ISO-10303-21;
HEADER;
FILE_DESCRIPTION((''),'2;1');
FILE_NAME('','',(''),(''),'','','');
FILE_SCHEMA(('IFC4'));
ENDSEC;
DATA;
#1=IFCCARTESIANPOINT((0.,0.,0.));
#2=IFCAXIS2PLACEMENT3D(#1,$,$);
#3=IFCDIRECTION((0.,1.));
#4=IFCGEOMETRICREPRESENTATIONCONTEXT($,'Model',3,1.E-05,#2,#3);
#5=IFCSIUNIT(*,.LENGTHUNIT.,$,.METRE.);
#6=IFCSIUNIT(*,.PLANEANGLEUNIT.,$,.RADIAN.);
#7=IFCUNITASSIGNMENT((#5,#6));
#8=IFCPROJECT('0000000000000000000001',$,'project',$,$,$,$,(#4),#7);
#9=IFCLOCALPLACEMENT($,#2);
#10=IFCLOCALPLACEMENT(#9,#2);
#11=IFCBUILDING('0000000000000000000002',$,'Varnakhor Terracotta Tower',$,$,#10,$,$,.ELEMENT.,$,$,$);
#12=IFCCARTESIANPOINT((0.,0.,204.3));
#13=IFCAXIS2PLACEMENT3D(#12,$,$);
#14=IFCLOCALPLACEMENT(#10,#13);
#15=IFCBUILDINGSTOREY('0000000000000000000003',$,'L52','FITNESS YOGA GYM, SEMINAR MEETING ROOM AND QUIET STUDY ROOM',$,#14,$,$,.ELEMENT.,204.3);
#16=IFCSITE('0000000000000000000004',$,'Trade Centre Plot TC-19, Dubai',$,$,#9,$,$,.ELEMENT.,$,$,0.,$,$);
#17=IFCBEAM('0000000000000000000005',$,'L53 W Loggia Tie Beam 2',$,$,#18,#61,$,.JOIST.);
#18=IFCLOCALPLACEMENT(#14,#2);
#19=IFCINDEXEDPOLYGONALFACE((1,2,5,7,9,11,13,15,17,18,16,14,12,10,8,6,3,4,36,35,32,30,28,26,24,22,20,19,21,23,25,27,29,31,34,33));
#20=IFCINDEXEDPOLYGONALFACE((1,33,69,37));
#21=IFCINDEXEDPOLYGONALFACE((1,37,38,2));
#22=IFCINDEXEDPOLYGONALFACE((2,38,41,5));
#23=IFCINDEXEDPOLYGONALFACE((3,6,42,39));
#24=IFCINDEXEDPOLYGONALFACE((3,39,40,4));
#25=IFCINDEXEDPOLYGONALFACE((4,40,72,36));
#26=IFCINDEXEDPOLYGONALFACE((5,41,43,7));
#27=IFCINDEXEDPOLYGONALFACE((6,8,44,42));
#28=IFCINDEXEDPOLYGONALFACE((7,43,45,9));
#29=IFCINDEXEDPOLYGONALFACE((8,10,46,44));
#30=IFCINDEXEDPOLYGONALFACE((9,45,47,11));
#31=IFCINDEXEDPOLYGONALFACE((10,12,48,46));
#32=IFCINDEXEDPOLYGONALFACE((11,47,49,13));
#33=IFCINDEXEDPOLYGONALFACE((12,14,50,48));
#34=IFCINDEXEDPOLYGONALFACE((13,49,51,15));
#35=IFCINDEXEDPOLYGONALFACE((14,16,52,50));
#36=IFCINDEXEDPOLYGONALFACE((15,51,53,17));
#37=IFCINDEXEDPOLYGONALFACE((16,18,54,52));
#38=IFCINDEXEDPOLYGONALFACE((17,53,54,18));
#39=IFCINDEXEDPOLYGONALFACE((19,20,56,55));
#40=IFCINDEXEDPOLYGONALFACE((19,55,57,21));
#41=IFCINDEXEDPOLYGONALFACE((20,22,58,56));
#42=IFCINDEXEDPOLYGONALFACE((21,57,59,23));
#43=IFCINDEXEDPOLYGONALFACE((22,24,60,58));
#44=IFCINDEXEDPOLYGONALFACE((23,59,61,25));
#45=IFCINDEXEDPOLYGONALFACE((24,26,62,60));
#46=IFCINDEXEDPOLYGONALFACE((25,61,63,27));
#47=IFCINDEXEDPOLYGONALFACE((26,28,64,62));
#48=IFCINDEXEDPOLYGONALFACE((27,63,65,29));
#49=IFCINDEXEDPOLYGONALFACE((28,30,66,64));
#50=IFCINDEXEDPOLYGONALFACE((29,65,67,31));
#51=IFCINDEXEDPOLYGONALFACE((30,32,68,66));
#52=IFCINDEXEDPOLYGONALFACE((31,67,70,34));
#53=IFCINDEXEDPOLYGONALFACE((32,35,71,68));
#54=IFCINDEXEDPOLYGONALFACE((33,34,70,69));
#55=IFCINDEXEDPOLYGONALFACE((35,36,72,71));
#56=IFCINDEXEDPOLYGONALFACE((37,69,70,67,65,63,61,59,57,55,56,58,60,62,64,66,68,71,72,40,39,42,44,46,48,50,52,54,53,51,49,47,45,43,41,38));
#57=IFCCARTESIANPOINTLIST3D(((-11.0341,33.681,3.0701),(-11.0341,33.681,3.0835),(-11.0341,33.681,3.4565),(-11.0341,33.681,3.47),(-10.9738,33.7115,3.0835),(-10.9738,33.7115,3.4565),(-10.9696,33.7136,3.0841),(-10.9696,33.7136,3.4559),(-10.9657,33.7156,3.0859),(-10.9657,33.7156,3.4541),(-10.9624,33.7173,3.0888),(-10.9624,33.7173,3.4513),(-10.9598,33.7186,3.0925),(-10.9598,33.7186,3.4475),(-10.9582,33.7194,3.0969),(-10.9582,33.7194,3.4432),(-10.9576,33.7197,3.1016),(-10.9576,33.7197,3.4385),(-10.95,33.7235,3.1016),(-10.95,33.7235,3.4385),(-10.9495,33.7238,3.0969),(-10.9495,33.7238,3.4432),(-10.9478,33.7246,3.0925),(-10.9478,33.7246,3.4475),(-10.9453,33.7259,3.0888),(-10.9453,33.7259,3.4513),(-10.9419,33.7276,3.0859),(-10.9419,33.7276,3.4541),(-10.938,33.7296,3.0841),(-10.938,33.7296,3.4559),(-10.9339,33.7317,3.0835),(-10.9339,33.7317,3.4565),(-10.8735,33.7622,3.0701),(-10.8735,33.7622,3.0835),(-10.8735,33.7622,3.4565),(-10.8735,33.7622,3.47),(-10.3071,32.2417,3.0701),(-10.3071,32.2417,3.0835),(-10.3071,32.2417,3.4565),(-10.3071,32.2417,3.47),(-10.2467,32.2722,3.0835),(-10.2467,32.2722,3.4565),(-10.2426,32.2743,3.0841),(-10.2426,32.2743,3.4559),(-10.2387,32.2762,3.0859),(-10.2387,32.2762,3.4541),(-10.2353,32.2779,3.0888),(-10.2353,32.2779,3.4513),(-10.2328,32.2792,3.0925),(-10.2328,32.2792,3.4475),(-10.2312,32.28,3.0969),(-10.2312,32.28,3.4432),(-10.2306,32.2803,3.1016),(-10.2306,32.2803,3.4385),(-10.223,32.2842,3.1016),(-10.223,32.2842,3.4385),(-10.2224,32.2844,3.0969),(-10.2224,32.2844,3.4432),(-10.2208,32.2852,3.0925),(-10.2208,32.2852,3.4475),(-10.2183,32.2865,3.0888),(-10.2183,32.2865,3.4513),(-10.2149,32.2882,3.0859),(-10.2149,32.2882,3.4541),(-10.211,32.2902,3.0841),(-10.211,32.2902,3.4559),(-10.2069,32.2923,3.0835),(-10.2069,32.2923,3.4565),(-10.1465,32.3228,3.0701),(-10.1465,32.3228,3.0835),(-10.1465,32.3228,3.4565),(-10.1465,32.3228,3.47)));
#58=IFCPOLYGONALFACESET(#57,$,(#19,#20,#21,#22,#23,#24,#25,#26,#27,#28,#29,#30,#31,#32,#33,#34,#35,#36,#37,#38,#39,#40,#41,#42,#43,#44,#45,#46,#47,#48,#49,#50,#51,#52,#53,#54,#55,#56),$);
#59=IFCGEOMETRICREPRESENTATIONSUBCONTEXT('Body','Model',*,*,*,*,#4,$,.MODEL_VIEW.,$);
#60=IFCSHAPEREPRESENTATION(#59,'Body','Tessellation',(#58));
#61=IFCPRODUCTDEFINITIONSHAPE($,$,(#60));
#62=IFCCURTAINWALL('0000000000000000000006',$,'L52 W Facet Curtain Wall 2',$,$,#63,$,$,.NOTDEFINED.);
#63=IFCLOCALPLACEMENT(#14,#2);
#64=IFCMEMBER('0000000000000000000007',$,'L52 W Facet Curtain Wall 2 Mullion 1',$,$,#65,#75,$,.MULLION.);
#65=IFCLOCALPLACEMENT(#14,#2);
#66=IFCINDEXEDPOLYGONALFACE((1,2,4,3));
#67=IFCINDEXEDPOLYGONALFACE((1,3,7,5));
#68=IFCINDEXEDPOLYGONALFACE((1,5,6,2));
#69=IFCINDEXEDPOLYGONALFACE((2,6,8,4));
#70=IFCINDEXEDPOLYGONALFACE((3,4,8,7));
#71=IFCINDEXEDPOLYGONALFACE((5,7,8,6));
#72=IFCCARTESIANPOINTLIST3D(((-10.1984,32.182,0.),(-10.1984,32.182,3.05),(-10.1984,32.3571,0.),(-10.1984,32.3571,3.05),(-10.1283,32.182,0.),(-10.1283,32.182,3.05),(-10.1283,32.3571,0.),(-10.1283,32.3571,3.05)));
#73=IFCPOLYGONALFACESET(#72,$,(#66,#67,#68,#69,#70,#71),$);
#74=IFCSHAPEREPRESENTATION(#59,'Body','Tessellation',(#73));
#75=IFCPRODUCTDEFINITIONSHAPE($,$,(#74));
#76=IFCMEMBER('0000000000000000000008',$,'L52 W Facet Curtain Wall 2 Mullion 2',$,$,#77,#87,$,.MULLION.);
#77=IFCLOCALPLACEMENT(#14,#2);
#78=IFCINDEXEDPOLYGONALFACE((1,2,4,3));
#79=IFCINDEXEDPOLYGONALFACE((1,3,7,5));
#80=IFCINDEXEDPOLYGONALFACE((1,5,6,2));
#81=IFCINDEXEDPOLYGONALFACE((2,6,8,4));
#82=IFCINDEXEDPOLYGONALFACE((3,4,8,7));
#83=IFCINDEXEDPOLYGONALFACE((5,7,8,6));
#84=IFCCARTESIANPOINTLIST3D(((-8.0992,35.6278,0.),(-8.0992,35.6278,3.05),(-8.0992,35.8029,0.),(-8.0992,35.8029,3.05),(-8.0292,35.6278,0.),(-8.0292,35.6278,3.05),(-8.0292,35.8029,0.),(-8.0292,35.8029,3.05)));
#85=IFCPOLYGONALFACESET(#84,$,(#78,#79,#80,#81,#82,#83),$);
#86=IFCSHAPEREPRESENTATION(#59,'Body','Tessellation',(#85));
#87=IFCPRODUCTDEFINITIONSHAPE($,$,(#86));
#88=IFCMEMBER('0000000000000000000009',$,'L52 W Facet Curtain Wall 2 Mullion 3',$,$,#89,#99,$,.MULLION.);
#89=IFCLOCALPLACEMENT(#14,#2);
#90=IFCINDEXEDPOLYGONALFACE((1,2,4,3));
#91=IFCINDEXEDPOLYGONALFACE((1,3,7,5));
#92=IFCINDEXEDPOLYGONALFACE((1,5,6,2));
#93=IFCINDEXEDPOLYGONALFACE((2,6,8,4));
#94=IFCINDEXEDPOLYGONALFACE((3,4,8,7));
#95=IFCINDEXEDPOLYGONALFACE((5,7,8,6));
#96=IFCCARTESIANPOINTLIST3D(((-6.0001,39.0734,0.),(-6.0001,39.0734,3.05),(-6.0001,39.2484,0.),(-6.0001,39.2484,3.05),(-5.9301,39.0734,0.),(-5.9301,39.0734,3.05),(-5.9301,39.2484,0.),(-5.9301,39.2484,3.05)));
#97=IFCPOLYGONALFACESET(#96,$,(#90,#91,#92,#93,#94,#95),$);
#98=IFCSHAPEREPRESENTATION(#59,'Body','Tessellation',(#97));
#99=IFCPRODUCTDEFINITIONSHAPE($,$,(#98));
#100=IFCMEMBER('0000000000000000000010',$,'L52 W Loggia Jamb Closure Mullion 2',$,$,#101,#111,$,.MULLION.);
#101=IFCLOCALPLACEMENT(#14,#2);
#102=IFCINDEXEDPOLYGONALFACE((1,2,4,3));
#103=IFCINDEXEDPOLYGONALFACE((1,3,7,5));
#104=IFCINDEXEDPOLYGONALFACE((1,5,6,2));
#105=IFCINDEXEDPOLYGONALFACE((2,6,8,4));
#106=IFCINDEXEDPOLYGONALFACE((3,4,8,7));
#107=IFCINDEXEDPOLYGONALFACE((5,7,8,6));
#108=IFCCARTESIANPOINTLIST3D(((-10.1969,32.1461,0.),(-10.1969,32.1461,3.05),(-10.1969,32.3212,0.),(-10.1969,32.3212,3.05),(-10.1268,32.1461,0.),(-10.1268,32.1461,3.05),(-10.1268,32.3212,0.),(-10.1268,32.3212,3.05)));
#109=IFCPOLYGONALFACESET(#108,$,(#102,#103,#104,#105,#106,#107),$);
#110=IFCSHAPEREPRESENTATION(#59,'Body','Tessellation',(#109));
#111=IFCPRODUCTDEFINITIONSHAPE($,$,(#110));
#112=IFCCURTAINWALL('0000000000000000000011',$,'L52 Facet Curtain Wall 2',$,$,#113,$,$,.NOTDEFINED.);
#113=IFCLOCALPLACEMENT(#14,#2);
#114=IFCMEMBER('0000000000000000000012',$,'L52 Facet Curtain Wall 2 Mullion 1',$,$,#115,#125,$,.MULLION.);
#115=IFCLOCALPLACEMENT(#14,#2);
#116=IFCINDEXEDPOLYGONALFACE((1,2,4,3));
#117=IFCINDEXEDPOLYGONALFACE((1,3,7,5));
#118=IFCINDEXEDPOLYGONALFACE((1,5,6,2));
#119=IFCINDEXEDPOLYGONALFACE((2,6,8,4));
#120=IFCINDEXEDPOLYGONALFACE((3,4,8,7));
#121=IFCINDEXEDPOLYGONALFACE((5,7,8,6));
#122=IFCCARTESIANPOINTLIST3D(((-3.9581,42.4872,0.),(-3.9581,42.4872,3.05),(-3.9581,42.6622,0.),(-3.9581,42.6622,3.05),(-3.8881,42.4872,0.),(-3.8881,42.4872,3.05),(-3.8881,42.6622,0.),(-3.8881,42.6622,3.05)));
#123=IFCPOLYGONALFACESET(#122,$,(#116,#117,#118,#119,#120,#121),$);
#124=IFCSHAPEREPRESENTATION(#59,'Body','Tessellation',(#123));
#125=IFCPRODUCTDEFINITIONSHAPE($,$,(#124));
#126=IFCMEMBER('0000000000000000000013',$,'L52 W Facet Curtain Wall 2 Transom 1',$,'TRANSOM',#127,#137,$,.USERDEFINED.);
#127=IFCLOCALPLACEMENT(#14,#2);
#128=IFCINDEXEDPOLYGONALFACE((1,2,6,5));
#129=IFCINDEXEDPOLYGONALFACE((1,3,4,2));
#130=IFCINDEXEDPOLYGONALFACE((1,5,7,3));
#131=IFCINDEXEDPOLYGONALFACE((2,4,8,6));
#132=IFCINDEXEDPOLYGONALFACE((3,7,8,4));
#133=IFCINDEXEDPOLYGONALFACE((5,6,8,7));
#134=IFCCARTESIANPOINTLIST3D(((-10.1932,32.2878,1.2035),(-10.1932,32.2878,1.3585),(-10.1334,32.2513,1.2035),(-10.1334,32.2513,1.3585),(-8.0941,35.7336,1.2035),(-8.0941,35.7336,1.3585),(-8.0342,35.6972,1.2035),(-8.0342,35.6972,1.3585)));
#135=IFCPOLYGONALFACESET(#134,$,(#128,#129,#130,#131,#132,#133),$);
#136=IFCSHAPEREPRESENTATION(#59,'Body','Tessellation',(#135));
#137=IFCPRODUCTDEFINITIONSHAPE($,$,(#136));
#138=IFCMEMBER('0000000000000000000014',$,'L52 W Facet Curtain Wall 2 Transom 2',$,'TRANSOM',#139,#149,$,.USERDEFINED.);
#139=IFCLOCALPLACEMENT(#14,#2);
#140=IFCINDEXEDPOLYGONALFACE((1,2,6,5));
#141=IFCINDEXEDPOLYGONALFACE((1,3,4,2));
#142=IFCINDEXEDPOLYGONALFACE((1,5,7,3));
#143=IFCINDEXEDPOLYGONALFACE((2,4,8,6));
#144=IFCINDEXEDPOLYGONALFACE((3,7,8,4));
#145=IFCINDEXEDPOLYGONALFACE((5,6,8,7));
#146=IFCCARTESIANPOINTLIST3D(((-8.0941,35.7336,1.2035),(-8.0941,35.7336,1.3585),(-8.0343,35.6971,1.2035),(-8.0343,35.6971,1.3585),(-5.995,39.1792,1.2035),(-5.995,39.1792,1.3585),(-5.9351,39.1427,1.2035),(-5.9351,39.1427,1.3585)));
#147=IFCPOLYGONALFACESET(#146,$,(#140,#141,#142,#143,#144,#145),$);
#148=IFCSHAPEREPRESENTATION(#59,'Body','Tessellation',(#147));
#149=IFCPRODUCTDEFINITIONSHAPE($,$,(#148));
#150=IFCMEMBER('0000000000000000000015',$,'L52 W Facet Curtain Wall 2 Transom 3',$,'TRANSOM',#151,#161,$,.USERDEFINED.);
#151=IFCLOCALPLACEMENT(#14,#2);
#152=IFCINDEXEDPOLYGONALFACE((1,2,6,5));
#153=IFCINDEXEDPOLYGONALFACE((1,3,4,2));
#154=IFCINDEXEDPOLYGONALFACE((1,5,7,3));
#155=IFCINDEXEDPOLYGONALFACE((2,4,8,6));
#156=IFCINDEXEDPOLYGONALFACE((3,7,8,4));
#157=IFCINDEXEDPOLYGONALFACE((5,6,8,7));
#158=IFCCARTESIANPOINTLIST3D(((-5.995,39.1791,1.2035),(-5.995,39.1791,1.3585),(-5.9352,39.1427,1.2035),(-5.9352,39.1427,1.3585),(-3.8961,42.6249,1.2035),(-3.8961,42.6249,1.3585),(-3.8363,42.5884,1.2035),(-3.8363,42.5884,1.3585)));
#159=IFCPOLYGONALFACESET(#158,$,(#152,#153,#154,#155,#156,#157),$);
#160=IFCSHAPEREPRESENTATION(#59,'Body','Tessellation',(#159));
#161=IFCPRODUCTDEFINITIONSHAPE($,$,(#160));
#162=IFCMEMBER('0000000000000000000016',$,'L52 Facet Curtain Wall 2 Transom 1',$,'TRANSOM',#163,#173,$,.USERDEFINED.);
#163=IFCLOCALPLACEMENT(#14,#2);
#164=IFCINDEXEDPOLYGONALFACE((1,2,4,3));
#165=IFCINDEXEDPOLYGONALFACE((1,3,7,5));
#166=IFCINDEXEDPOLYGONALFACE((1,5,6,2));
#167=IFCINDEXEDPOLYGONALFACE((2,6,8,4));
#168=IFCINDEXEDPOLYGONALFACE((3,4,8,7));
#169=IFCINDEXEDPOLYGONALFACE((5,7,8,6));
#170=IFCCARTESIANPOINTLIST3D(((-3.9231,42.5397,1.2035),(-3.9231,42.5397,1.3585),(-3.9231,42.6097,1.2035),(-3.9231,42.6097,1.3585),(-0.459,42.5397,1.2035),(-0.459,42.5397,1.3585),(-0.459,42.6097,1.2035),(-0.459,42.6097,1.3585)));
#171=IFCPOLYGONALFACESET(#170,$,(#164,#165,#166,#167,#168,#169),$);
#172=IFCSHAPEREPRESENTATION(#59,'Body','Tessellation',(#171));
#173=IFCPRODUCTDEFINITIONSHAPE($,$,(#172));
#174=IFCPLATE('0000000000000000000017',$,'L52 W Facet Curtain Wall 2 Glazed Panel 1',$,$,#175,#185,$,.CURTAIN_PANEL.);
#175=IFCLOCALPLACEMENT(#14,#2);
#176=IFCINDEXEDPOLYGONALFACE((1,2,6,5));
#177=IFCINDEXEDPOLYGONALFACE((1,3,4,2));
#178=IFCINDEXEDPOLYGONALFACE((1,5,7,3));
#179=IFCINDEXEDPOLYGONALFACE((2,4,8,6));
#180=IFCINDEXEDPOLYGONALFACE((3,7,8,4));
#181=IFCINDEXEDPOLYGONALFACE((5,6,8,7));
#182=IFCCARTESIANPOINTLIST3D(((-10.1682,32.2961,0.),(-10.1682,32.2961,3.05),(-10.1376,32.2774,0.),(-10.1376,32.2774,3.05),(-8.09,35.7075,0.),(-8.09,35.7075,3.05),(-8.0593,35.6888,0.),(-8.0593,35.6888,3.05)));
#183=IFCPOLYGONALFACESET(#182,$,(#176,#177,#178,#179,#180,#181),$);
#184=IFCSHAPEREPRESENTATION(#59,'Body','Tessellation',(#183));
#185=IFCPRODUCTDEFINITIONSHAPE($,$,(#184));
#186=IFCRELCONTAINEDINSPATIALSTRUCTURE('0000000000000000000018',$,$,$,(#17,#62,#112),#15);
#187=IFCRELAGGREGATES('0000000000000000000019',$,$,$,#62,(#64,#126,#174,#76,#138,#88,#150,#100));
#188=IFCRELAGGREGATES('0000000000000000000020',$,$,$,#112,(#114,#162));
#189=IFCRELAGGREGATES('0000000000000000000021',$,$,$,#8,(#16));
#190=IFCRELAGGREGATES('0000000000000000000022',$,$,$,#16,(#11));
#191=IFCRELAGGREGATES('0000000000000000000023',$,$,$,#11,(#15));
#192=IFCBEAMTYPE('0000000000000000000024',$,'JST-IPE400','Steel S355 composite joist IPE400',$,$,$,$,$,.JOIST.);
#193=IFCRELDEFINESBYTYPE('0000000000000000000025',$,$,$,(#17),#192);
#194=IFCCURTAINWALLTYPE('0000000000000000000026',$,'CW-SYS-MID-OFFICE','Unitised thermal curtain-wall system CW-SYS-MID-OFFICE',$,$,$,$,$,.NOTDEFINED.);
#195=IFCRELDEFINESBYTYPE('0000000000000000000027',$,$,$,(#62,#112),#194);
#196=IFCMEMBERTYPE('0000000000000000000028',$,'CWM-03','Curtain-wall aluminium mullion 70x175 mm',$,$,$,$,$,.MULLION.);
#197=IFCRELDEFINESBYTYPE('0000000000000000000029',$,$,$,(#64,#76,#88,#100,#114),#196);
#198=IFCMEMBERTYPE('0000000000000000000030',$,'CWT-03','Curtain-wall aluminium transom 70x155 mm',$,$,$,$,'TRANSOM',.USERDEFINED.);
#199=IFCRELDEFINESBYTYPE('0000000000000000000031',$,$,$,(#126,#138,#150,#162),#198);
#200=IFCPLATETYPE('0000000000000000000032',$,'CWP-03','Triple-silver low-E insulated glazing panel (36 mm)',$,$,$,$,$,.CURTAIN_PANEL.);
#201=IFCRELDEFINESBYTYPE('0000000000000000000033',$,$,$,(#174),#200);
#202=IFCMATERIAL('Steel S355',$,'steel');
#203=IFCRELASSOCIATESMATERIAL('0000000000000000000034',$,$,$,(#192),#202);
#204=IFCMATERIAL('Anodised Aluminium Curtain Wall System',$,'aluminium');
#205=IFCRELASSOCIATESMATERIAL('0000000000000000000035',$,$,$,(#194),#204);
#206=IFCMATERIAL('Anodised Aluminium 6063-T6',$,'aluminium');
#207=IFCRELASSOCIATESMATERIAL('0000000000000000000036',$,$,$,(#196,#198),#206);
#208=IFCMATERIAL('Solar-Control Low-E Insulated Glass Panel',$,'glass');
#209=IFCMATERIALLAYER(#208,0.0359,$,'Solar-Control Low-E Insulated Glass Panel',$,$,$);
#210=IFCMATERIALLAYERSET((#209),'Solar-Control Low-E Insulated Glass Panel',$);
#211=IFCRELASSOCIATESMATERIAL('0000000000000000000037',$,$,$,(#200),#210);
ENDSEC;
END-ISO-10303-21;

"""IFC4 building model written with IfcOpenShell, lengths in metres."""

from ifc_helpers import new_model, si_unit, direction, frame, origin, origin_2d, place, context, subcontext, project, spatial, rectangle, i_section, extrude, source, transform, mapped, material, layer, layer_set, material_profile, profile_set, type_object, element, aggregate, save


model = new_model("IFC4")

# Units and contexts
model_context = context("Model", 3, precision=1e-05, world=origin(), true_north=direction((0.0, 1.0)))
body_context = subcontext(model_context, "Body", "Model", "MODEL_VIEW")
ifc_project = project(units=[si_unit("LENGTHUNIT", "METRE"), si_unit("PLANEANGLEUNIT", "RADIAN")], contexts=[model_context])

# Site, building, storey
site_placement = place(None, origin())
site = spatial("IfcSite", under=ifc_project, at=site_placement, Name="Trade Centre Plot TC-19, Dubai", CompositionType="ELEMENT", RefElevation=0.0)
building_placement = place(site_placement, origin())
building = spatial("IfcBuilding", under=site, at=building_placement, Name="Varnakhor Terracotta Tower", CompositionType="ELEMENT")
storey_placement = place(building_placement, frame((0.0, 0.0, 204.3)))
storey = spatial("IfcBuildingStorey", under=building, at=storey_placement, Name="L52", Description="FITNESS YOGA GYM, SEMINAR MEETING ROOM AND QUIET STUDY ROOM", CompositionType="ELEMENT", Elevation=204.3)

# Beam
ifc_material_1 = material(Name="Steel S355", Category="steel")
ifc_material_profile_1 = material_profile(ifc_material_1, i_section(OverallWidth=0.1799, OverallDepth=0.3999, WebThickness=0.0085, FlangeThickness=0.0134, FilletRadius=0.0181, at=origin_2d()), Name="IPE400")
ifc_profile_set_1 = profile_set([ifc_material_profile_1], Name="Steel S355")
beam_type_1 = type_object("IfcBeamType", Name="JST-IPE400", Description="Steel S355 composite joist IPE400", PredefinedType="JOIST", material=ifc_profile_set_1)
shared_shape_1 = source(origin(), body_context, "Body", "SweptSolid", [
    extrude(i_section(OverallWidth=0.1799, OverallDepth=0.3999, WebThickness=0.0085, FlangeThickness=0.0134, FilletRadius=0.0181, at=origin_2d()), origin(), (0.0, 0.0, 1.0), 1.6125),
])
beam_1_placement = place(storey_placement, frame((-10.2268, 32.2822, 3.27), z_axis=(-0.450843, 0.892603, 0.0), x_axis=(-0.892603, -0.450843, 0.0)))
element("IfcBeam", 1, at=beam_1_placement, inside=storey, type_object=beam_type_1, Name="L53 W Loggia Tie Beam 2", PredefinedType="JOIST", context=body_context, shape_type="MappedRepresentation", body=[
    mapped(shared_shape_1, transform((0.0, 0.0, 0.0), scale=1.0)),
])

# Curtain wall, members
ifc_material_2 = material(Name="Anodised Aluminium Curtain Wall System", Category="aluminium")
curtain_wall_type = type_object("IfcCurtainWallType", Name="CW-SYS-MID-OFFICE", Description="Unitised thermal curtain-wall system CW-SYS-MID-OFFICE", PredefinedType="NOTDEFINED", material=ifc_material_2)
curtain_wall_1_placement = place(storey_placement, origin())
curtain_wall_1 = element("IfcCurtainWall", 2, at=curtain_wall_1_placement, inside=storey, type_object=curtain_wall_type, Name="L52 W Facet Curtain Wall 2", PredefinedType="NOTDEFINED")
ifc_material_3 = material(Name="Anodised Aluminium 6063-T6", Category="aluminium")
ifc_material_profile_2 = material_profile(ifc_material_3, rectangle(XDim=0.0701, YDim=0.175, at=origin_2d()), Name="ALU MULLION 70x175")
ifc_profile_set_2 = profile_set([ifc_material_profile_2], Name="Anodised Aluminium 6063-T6")
member_type_1 = type_object("IfcMemberType", Name="CWM-03", Description="Curtain-wall aluminium mullion 70x175 mm", PredefinedType="MULLION", material=ifc_profile_set_2)
shared_shape_2 = source(origin(), body_context, "Body", "SweptSolid", [
    extrude(rectangle(XDim=0.0701, YDim=0.175, at=origin_2d()), origin(), (0.0, 0.0, 1.0), 3.05),
])
member_1_placement = place(storey_placement, frame((-10.1633, 32.2695, 0.0), z_axis=(0.0, 0.0, 1.0), x_axis=(1.0, 0.0, 0.0)))
member_1 = element("IfcMember", 3, at=member_1_placement, type_object=member_type_1, Name="L52 W Facet Curtain Wall 2 Mullion 1", PredefinedType="MULLION", context=body_context, shape_type="MappedRepresentation", body=[
    mapped(shared_shape_2, transform((0.0, 0.0, 0.0), scale=1.0)),
])
member_2_placement = place(storey_placement, frame((-8.0642, 35.7153, 0.0), z_axis=(0.0, 0.0, 1.0), x_axis=(1.0, 0.0, 0.0)))
member_2 = element("IfcMember", 4, at=member_2_placement, type_object=member_type_1, Name="L52 W Facet Curtain Wall 2 Mullion 2", PredefinedType="MULLION", context=body_context, shape_type="MappedRepresentation", body=[
    mapped(shared_shape_2, transform((0.0, 0.0, 0.0), scale=1.0)),
])
member_3_placement = place(storey_placement, frame((-5.9651, 39.1609, 0.0), z_axis=(0.0, 0.0, 1.0), x_axis=(1.0, 0.0, 0.0)))
member_3 = element("IfcMember", 5, at=member_3_placement, type_object=member_type_1, Name="L52 W Facet Curtain Wall 2 Mullion 3", PredefinedType="MULLION", context=body_context, shape_type="MappedRepresentation", body=[
    mapped(shared_shape_2, transform((0.0, 0.0, 0.0), scale=1.0)),
])
member_4_placement = place(storey_placement, frame((-10.1619, 32.2336, 0.0), z_axis=(0.0, 0.0, 1.0), x_axis=(1.0, 0.0, 0.0)))
member_4 = element("IfcMember", 6, at=member_4_placement, type_object=member_type_1, Name="L52 W Loggia Jamb Closure Mullion 2", PredefinedType="MULLION", context=body_context, shape_type="MappedRepresentation", body=[
    mapped(shared_shape_2, transform((0.0, 0.0, 0.0), scale=1.0)),
])

# Curtain wall, member
curtain_wall_2_placement = place(storey_placement, origin())
curtain_wall_2 = element("IfcCurtainWall", 7, at=curtain_wall_2_placement, inside=storey, type_object=curtain_wall_type, Name="L52 Facet Curtain Wall 2", PredefinedType="NOTDEFINED")
member_5_placement = place(storey_placement, frame((-3.9231, 42.5747, 0.0), z_axis=(0.0, 0.0, 1.0), x_axis=(1.0, 0.0, 0.0)))
member_5 = element("IfcMember", 8, at=member_5_placement, type_object=member_type_1, Name="L52 Facet Curtain Wall 2 Mullion 1", PredefinedType="MULLION", context=body_context, shape_type="MappedRepresentation", body=[
    mapped(shared_shape_2, transform((0.0, 0.0, 0.0), scale=1.0)),
])

# Members
ifc_material_profile_3 = material_profile(ifc_material_3, rectangle(XDim=0.0701, YDim=0.155, at=origin_2d()), Name="ALU TRANSOM 70x155")
ifc_profile_set_3 = profile_set([ifc_material_profile_3], Name="Anodised Aluminium 6063-T6")
member_type_2 = type_object("IfcMemberType", Name="CWT-03", Description="Curtain-wall aluminium transom 70x155 mm", ElementType="TRANSOM", PredefinedType="USERDEFINED", material=ifc_profile_set_3)
shared_shape_3 = source(origin(), body_context, "Body", "SweptSolid", [
    extrude(rectangle(XDim=0.0701, YDim=0.155, at=origin_2d()), origin(), (0.0, 0.0, 1.0), 4.0349),
])
member_6_placement = place(storey_placement, frame((-10.1633, 32.2695, 1.281), z_axis=(0.52025, 0.854014, 0.0), x_axis=(-0.854014, 0.52025, 0.0)))
member_6 = element("IfcMember", 9, at=member_6_placement, type_object=member_type_2, Name="L52 W Facet Curtain Wall 2 Transom 1", ObjectType="TRANSOM", PredefinedType="USERDEFINED", context=body_context, shape_type="MappedRepresentation", body=[
    mapped(shared_shape_3, transform((0.0, 0.0, 0.0), scale=1.0)),
])
shared_shape_4 = source(origin(), body_context, "Body", "SweptSolid", [
    extrude(rectangle(XDim=0.0701, YDim=0.155, at=origin_2d()), origin(), (0.0, 0.0, 1.0), 4.0347),
])
member_7_placement = place(storey_placement, frame((-8.0642, 35.7153, 1.281), z_axis=(0.520277, 0.853998, 0.0), x_axis=(-0.853998, 0.520277, 0.0)))
member_7 = element("IfcMember", 10, at=member_7_placement, type_object=member_type_2, Name="L52 W Facet Curtain Wall 2 Transom 2", ObjectType="TRANSOM", PredefinedType="USERDEFINED", context=body_context, shape_type="MappedRepresentation", body=[
    mapped(shared_shape_4, transform((0.0, 0.0, 0.0), scale=1.0)),
])
member_8_placement = place(storey_placement, frame((-5.9651, 39.1609, 1.281), z_axis=(0.520206, 0.854041, 0.0), x_axis=(-0.854041, 0.520206, 0.0)))
member_8 = element("IfcMember", 11, at=member_8_placement, type_object=member_type_2, Name="L52 W Facet Curtain Wall 2 Transom 3", ObjectType="TRANSOM", PredefinedType="USERDEFINED", context=body_context, shape_type="MappedRepresentation", body=[
    mapped(shared_shape_4, transform((0.0, 0.0, 0.0), scale=1.0)),
])
shared_shape_5 = source(origin(), body_context, "Body", "SweptSolid", [
    extrude(rectangle(XDim=0.0701, YDim=0.155, at=origin_2d()), origin(), (0.0, 0.0, 1.0), 3.4641),
])
member_9_placement = place(storey_placement, frame((-3.9231, 42.5747, 1.281), z_axis=(1.0, 0.0, 0.0), x_axis=(0.0, 1.0, 0.0)))
member_9 = element("IfcMember", 12, at=member_9_placement, type_object=member_type_2, Name="L52 Facet Curtain Wall 2 Transom 1", ObjectType="TRANSOM", PredefinedType="USERDEFINED", context=body_context, shape_type="MappedRepresentation", body=[
    mapped(shared_shape_5, transform((0.0, 0.0, 0.0), scale=1.0)),
])

# Plate
ifc_material_4 = material(Name="Solar-Control Low-E Insulated Glass Panel", Category="glass")
ifc_layer_1 = layer(ifc_material_4, 0.0359, Name="Solar-Control Low-E Insulated Glass Panel")
ifc_layer_set_1 = layer_set([ifc_layer_1], Name="Solar-Control Low-E Insulated Glass Panel")
plate_type = type_object("IfcPlateType", Name="CWP-03", Description="Triple-silver low-E insulated glazing panel (36 mm)", PredefinedType="CURTAIN_PANEL", material=ifc_layer_set_1)
shared_shape_6 = source(origin(), body_context, "Body", "SweptSolid", [
    extrude(rectangle(XDim=3.9946, YDim=0.0359, at=origin_2d()), origin(), (0.0, 0.0, 1.0), 3.05),
])
plate_1_placement = place(storey_placement, frame((-9.1138, 33.9924, 0.0), z_axis=(0.0, 0.0, 1.0), x_axis=(0.520265, 0.854005, 0.0)))
plate_1 = element("IfcPlate", 13, at=plate_1_placement, type_object=plate_type, Name="L52 W Facet Curtain Wall 2 Glazed Panel 1", PredefinedType="CURTAIN_PANEL", context=body_context, shape_type="MappedRepresentation", body=[
    mapped(shared_shape_6, transform((0.0, 0.0, 0.0), scale=1.0)),
])
aggregate(curtain_wall_1, [member_1, member_6, plate_1, member_2, member_7, member_3, member_8, member_4])
aggregate(curtain_wall_2, [member_5, member_9])

save(model, "model.ifc")
